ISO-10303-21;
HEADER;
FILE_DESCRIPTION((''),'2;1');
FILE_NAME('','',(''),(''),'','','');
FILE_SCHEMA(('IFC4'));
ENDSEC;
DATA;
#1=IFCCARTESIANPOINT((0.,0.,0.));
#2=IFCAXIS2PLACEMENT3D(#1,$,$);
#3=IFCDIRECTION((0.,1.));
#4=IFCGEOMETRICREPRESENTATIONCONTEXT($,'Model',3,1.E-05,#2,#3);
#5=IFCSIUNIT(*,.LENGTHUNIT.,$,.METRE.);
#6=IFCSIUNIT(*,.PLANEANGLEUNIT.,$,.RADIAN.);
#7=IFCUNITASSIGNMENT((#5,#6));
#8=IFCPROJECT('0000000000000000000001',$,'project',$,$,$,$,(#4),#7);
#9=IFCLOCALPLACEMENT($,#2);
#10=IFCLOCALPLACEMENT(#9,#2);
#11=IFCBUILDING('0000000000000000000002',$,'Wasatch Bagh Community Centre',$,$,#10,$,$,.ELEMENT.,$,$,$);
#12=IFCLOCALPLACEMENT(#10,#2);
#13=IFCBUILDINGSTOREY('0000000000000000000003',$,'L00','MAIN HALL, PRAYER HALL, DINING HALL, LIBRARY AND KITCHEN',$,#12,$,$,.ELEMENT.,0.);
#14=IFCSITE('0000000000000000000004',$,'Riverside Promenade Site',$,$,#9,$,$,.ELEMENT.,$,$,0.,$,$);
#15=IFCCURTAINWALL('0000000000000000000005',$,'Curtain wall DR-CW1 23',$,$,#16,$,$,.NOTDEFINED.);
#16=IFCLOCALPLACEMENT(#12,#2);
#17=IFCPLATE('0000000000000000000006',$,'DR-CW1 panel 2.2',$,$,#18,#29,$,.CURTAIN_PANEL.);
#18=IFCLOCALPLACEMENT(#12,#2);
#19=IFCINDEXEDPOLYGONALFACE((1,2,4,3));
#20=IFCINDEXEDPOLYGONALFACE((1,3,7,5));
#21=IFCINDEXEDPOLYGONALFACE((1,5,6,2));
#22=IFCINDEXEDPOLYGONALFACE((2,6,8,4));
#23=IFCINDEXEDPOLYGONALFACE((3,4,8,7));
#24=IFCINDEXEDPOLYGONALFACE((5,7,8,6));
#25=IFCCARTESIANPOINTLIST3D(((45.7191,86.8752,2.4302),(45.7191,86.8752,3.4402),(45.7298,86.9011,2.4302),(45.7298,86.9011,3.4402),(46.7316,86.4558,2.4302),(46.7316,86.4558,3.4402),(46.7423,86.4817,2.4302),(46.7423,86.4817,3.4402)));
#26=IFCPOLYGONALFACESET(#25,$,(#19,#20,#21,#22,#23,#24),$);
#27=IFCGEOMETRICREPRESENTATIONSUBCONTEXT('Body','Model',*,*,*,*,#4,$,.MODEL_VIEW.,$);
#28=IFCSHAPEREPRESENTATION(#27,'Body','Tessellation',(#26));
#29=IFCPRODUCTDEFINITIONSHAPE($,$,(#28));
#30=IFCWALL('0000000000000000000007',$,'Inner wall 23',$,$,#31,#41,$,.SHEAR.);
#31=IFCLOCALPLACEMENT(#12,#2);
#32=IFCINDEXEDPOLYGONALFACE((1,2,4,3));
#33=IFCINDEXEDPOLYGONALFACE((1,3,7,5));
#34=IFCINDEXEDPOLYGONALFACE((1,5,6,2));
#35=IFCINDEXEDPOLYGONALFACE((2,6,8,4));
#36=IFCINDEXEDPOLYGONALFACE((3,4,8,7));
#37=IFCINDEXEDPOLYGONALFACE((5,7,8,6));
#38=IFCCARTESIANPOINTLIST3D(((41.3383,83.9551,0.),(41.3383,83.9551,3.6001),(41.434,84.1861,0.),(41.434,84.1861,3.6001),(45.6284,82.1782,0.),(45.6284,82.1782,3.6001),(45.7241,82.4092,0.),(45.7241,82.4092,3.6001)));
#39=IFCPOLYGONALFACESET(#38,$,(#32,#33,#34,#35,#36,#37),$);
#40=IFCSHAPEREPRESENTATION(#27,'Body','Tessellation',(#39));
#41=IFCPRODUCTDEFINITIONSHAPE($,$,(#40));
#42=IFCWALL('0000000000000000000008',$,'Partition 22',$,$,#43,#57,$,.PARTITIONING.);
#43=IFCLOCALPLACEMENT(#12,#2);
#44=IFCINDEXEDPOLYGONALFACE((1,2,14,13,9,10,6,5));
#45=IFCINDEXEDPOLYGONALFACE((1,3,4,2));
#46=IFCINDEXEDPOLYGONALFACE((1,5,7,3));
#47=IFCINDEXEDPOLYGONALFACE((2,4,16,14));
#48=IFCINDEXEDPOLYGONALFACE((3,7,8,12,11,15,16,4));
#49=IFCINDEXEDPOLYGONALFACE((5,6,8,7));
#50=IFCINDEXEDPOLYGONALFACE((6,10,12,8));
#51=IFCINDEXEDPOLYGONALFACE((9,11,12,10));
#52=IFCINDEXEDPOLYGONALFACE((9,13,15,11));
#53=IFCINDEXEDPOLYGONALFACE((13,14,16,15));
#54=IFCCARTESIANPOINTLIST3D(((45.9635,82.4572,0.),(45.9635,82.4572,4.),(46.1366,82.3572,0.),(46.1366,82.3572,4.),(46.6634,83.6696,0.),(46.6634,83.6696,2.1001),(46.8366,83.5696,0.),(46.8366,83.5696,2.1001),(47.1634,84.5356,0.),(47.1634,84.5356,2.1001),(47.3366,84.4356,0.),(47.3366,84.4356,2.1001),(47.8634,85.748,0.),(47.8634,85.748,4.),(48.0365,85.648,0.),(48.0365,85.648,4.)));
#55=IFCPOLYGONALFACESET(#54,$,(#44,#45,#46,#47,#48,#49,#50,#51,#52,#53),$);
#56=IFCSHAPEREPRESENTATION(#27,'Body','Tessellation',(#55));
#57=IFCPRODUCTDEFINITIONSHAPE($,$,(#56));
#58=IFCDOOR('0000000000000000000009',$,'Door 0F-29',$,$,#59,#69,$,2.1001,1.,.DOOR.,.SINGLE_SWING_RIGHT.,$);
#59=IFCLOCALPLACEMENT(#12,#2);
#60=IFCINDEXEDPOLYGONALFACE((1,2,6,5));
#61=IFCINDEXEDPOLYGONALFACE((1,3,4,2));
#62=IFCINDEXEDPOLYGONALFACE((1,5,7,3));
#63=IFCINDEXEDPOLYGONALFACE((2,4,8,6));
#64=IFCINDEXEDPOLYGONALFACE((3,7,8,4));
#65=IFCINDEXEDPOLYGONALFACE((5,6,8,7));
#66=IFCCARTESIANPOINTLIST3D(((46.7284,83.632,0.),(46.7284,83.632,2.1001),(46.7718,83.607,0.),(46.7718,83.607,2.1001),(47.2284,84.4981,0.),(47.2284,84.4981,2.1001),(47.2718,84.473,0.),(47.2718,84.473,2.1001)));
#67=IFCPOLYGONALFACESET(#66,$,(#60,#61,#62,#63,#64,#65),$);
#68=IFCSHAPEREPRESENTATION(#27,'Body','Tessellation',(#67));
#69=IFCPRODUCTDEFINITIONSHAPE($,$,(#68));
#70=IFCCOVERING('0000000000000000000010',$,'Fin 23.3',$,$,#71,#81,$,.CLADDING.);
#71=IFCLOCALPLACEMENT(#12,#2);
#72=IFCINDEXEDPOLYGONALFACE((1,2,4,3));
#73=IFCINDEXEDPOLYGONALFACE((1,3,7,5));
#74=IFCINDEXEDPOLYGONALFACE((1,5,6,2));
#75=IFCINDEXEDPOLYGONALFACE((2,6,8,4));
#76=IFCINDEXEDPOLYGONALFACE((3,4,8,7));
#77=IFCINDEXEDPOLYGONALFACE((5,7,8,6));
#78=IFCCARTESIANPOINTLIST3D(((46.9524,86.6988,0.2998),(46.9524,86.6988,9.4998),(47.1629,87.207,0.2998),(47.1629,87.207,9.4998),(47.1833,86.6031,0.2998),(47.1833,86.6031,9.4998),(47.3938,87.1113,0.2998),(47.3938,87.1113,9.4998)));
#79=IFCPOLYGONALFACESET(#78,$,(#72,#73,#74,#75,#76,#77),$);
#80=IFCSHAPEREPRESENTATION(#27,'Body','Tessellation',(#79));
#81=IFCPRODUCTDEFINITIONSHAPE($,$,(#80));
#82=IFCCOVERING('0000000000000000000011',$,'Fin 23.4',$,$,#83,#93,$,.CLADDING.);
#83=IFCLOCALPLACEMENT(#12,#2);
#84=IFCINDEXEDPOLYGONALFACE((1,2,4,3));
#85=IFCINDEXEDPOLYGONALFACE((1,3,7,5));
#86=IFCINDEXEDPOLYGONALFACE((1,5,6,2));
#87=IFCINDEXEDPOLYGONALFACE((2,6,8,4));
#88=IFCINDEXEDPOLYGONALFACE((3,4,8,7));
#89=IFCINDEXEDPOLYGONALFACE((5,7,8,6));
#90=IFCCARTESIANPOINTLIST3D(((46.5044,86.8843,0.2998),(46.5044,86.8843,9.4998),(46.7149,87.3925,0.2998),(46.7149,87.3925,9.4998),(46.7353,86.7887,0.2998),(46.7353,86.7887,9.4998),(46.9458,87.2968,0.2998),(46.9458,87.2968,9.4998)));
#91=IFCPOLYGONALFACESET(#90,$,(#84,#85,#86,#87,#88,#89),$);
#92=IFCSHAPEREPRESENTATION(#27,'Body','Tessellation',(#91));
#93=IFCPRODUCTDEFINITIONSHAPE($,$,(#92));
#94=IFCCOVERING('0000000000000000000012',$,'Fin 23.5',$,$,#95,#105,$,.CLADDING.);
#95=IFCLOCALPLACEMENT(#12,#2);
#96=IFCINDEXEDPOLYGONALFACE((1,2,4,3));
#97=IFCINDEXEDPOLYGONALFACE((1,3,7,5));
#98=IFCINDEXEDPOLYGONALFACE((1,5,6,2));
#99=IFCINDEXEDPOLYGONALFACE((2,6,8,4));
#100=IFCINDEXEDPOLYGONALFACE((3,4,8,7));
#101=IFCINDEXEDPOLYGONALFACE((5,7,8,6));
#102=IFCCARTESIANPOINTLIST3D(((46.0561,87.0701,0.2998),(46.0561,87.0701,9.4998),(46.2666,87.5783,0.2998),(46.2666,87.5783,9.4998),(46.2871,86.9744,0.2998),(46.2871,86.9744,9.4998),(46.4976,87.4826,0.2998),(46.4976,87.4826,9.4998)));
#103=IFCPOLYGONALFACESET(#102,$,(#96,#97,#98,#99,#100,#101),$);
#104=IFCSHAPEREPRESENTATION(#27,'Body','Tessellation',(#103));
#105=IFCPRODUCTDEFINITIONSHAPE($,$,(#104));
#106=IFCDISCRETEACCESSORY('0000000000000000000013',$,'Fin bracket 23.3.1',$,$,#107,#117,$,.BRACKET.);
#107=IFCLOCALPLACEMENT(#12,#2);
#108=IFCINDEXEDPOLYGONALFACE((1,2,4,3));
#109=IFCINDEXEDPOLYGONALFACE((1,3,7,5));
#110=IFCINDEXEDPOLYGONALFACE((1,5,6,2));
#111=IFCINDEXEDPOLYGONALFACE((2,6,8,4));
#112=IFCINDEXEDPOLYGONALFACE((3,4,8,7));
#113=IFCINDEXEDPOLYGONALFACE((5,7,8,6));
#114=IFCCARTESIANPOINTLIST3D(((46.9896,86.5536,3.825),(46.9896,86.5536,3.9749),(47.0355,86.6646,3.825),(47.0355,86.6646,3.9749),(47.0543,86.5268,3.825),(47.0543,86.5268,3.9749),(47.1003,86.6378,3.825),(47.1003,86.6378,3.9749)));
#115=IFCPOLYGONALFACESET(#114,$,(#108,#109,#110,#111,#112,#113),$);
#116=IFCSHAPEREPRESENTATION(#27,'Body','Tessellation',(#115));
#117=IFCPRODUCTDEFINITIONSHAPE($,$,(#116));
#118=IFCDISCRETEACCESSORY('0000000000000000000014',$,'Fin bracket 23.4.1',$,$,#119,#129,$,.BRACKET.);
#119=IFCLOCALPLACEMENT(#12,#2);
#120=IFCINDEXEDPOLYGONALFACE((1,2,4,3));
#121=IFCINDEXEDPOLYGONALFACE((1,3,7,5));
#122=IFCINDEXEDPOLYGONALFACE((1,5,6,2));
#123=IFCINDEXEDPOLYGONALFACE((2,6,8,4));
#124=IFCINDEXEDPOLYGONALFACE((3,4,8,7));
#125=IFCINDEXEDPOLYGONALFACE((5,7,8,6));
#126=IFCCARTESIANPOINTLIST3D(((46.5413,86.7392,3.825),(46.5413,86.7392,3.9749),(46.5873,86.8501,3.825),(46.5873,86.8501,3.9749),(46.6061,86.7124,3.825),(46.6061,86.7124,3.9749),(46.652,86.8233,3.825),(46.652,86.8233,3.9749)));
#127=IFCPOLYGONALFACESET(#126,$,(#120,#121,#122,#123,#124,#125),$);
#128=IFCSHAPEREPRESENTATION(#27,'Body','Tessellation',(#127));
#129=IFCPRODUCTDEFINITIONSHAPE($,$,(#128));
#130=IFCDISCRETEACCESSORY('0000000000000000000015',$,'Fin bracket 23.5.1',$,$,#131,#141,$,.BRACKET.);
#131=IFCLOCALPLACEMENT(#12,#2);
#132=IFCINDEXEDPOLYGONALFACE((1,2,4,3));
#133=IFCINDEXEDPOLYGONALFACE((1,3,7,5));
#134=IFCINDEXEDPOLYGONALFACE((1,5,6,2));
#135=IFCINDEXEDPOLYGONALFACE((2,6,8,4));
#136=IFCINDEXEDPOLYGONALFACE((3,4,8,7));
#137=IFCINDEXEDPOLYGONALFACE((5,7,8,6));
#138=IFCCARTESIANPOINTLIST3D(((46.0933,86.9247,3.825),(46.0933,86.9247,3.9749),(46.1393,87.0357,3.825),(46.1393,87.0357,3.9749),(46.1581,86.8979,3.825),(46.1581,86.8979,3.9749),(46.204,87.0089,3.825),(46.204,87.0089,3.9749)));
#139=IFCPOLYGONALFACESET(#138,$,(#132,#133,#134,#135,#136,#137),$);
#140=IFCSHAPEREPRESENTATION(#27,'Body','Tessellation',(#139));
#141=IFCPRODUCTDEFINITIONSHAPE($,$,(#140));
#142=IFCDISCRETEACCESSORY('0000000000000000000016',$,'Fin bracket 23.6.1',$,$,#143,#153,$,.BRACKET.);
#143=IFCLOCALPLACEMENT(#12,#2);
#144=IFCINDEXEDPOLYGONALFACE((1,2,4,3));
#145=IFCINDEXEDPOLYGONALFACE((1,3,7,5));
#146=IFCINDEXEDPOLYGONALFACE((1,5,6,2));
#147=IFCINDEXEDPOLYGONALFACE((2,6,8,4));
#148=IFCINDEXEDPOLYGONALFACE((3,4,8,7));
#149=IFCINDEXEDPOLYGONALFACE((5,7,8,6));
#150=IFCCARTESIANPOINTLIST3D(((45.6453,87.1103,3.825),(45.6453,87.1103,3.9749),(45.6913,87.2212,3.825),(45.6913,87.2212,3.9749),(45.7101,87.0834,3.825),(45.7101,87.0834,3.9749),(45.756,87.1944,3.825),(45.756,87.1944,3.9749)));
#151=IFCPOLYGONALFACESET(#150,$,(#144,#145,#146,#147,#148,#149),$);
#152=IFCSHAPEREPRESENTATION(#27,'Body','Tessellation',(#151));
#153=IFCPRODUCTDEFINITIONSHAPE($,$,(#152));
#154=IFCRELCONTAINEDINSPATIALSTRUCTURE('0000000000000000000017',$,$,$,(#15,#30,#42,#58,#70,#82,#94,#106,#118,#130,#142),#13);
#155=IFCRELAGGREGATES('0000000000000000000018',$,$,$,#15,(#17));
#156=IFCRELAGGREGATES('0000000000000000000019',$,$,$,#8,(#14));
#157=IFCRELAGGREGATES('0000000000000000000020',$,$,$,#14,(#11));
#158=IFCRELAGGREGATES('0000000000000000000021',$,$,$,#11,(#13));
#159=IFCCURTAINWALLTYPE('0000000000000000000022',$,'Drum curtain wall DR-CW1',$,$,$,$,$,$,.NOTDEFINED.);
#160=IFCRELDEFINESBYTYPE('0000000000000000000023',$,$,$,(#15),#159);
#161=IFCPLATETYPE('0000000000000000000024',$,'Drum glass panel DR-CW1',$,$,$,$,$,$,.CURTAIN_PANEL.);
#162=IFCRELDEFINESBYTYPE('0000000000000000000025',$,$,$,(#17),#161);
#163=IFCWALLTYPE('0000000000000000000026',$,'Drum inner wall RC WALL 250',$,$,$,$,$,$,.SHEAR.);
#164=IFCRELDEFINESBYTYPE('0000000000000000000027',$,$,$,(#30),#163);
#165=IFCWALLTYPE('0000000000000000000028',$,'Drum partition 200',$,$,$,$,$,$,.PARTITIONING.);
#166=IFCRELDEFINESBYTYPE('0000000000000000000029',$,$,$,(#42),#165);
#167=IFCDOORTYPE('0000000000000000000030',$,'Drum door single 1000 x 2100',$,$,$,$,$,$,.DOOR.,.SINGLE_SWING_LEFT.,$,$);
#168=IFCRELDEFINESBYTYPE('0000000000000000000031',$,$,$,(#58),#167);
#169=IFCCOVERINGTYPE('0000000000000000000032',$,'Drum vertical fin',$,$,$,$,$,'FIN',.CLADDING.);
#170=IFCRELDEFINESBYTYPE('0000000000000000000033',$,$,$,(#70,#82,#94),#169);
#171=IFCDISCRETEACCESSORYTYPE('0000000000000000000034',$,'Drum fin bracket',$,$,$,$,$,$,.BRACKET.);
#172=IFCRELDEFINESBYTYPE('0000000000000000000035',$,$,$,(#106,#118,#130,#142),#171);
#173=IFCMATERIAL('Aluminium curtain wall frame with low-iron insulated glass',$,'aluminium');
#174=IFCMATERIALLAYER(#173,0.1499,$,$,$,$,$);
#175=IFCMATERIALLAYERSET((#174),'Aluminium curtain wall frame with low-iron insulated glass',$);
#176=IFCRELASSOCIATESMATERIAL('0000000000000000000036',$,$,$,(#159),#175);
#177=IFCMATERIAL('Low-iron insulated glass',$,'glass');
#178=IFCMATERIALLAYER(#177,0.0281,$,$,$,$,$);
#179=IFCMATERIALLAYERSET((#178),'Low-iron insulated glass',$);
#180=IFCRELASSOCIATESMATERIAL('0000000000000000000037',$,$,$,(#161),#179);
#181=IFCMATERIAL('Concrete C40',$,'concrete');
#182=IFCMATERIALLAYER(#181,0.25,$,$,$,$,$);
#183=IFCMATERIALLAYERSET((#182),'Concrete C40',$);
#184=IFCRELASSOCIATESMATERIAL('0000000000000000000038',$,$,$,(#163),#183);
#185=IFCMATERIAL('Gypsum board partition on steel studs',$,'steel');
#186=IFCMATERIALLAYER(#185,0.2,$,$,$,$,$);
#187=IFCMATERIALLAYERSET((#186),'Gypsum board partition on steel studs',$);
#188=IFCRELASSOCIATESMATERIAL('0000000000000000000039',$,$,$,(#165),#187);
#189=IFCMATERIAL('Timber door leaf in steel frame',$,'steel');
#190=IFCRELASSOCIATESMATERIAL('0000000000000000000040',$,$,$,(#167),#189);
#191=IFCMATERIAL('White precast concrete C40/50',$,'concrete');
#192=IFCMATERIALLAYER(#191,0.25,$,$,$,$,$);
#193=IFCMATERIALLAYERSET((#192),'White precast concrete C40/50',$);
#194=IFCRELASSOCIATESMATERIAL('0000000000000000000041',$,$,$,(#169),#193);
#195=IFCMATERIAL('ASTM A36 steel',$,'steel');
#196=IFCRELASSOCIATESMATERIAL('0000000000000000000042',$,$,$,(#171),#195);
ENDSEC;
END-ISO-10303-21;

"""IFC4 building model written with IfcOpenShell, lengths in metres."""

from ifc_helpers import new_model, si_unit, direction, frame, frame_2d, origin, origin_2d, place, context, subcontext, project, spatial, rectangle, extrude, material, layer, layer_set, type_object, element, fill, aggregate, save


model = new_model("IFC4")

# Units and contexts
model_context = context("Model", 3, precision=1e-05, world=origin(), true_north=direction((0.0, 1.0)))
body_context = subcontext(model_context, "Body", "Model", "MODEL_VIEW")
ifc_project = project(units=[si_unit("LENGTHUNIT", "METRE"), si_unit("PLANEANGLEUNIT", "RADIAN")], contexts=[model_context])

# Site, building, storey
site_placement = place(None, origin())
site = spatial("IfcSite", under=ifc_project, at=site_placement, Name="Riverside Promenade Site", CompositionType="ELEMENT", RefElevation=0.0)
building_placement = place(site_placement, origin())
building = spatial("IfcBuilding", under=site, at=building_placement, Name="Wasatch Bagh Community Centre", CompositionType="ELEMENT")
storey_placement = place(building_placement, origin())
storey = spatial("IfcBuildingStorey", under=building, at=storey_placement, Name="L00", Description="MAIN HALL, PRAYER HALL, DINING HALL, LIBRARY AND KITCHEN", CompositionType="ELEMENT", Elevation=0.0)

# Shared definitions
ifc_material_1 = material(Name="Concrete C40", Category="concrete")

# Curtain wall
ifc_material_2 = material(Name="Aluminium curtain wall frame with low-iron insulated glass", Category="aluminium")
ifc_layer_1 = layer(ifc_material_2, 0.1499)
ifc_layer_set_1 = layer_set([ifc_layer_1], Name="Aluminium curtain wall frame with low-iron insulated glass")
curtain_wall_type = type_object("IfcCurtainWallType", Name="Drum curtain wall DR-CW1", PredefinedType="NOTDEFINED", material=ifc_layer_set_1)
curtain_wall_placement = place(storey_placement, origin())
curtain_wall = element("IfcCurtainWall", 1, at=curtain_wall_placement, inside=storey, type_object=curtain_wall_type, Name="Curtain wall DR-CW1 23", PredefinedType="NOTDEFINED")

# Plate
ifc_material_3 = material(Name="Low-iron insulated glass", Category="glass")
ifc_layer_2 = layer(ifc_material_3, 0.0281)
ifc_layer_set_2 = layer_set([ifc_layer_2], Name="Low-iron insulated glass")
plate_type = type_object("IfcPlateType", Name="Drum glass panel DR-CW1", PredefinedType="CURTAIN_PANEL", material=ifc_layer_set_2)
plate_1_placement = place(storey_placement, frame((46.2307, 86.6785, 2.4302), z_axis=(0.0, 0.0, 1.0), x_axis=(-0.92388, 0.382683, 0.0)))
plate_1 = element("IfcPlate", 2, at=plate_1_placement, type_object=plate_type, Name="DR-CW1 panel 2.2", PredefinedType="CURTAIN_PANEL", context=body_context, shape_type="SweptSolid", body=[
    extrude(rectangle(XDim=1.0959, YDim=0.0281, at=origin_2d()), origin(), (0.0, 0.0, 1.0), 1.01),
])
aggregate(curtain_wall, [plate_1])

# Wall
ifc_layer_3 = layer(ifc_material_1, 0.25)
ifc_layer_set_3 = layer_set([ifc_layer_3], Name="Concrete C40")
wall_type_1 = type_object("IfcWallType", Name="Drum inner wall RC WALL 250", PredefinedType="SHEAR", material=ifc_layer_set_3)
wall_1_placement = place(storey_placement, frame((45.6763, 82.2937, 0.0), z_axis=(0.0, 0.0, 1.0), x_axis=(-0.92389, 0.382658, 0.0)))
element("IfcWall", 3, at=wall_1_placement, inside=storey, type_object=wall_type_1, Name="Inner wall 23", PredefinedType="SHEAR", context=body_context, shape_type="SweptSolid", body=[
    extrude(rectangle(XDim=4.6436, YDim=0.25, at=frame_2d((2.3218, 0.0))), origin(), (0.0, 0.0, 1.0), 3.6001),
])

# Wall, opening, door
ifc_material_4 = material(Name="Gypsum board partition on steel studs", Category="steel")
ifc_layer_4 = layer(ifc_material_4, 0.2)
ifc_layer_set_4 = layer_set([ifc_layer_4], Name="Gypsum board partition on steel studs")
wall_type_2 = type_object("IfcWallType", Name="Drum partition 200", PredefinedType="PARTITIONING", material=ifc_layer_set_4)
wall_2_placement = place(storey_placement, frame((46.05, 82.4072, 0.0), z_axis=(0.0, 0.0, 1.0), x_axis=(0.499995, 0.866028, 0.0)))
wall_2 = element("IfcWall", 4, at=wall_2_placement, inside=storey, type_object=wall_type_2, Name="Partition 22", PredefinedType="PARTITIONING", context=body_context, shape_type="SweptSolid", body=[
    extrude(rectangle(XDim=3.7998, YDim=0.2, at=frame_2d((1.8999, 0.0))), origin(), (0.0, 0.0, 1.0), 4.0),
])
opening_placement = place(wall_2_placement, frame((1.3999, 0.0, 0.0)))
opening = element("IfcOpeningElement", 5, at=opening_placement, cuts=wall_2, PredefinedType="OPENING", context=body_context, shape_type="SweptSolid", body=[
    extrude(rectangle(XDim=1.0, YDim=2.1001, at=frame_2d((0.5, 1.05))), frame((0.0, 0.1099, 0.0), z_axis=(0.0, -1.0, 0.0), x_axis=(1.0, 0.0, 0.0)), (0.0, 0.0, 1.0), 0.22),
])
ifc_material_5 = material(Name="Timber door leaf in steel frame", Category="steel")
door_type = type_object("IfcDoorType", Name="Drum door single 1000 x 2100", OperationType="SINGLE_SWING_LEFT", PredefinedType="DOOR", material=ifc_material_5)
door_placement = place(opening_placement, origin())
door = element("IfcDoor", 6, at=door_placement, inside=storey, type_object=door_type, Name="Door 0F-29", OperationType="SINGLE_SWING_RIGHT", OverallHeight=2.1001, OverallWidth=1.0, PredefinedType="DOOR", context=body_context, shape_type="SweptSolid", body=[
    extrude(rectangle(XDim=1.0, YDim=2.1001, at=frame_2d((0.5, 1.05))), frame((0.0, 0.0249, 0.0), z_axis=(0.0, -1.0, 0.0), x_axis=(1.0, 0.0, 0.0)), (0.0, 0.0, 1.0), 0.05),
])
fill(opening, door)

# Coverings
ifc_material_6 = material(Name="White precast concrete C40/50", Category="concrete")
ifc_layer_5 = layer(ifc_material_6, 0.25)
ifc_layer_set_5 = layer_set([ifc_layer_5], Name="White precast concrete C40/50")
covering_type = type_object("IfcCoveringType", Name="Drum vertical fin", ElementType="FIN", PredefinedType="CLADDING", material=ifc_layer_set_5)
for number, where, z_axis, x_axis, name in (
    (7, (47.1731, 86.905, 0.2998), (0.0, 0.0, 1.0), (-0.92388, 0.382683, 0.0), "Fin 23.3"),
    (8, (46.7251, 87.0906, 0.2998), (0.0, 0.0, 1.0), (-0.92388, 0.382683, 0.0), "Fin 23.4"),
    (9, (46.2769, 87.2764, 0.2998), (0.0, 0.0, 1.0), (-0.92388, 0.382683, 0.0), "Fin 23.5"),
):
    element("IfcCovering", number, at=place(storey_placement, frame(where, z_axis=z_axis, x_axis=x_axis)), inside=storey, type_object=covering_type, Name=name, PredefinedType="CLADDING", context=body_context, shape_type="SweptSolid", body=[
        extrude(rectangle(XDim=0.25, YDim=0.55, at=origin_2d()), origin(), (0.0, 0.0, 1.0), 9.2),
    ])

# Discrete accessories
ifc_material_7 = material(Name="ASTM A36 steel", Category="steel")
discrete_accessory_type = type_object("IfcDiscreteAccessoryType", Name="Drum fin bracket", PredefinedType="BRACKET", material=ifc_material_7)
for number, where, z_axis, x_axis, name in (
    (10, (47.0449, 86.5957, 3.825), (0.0, 0.0, 1.0), (-0.92388, 0.382683, 0.0), "Fin bracket 23.3.1"),
    (11, (46.5967, 86.7812, 3.825), (0.0, 0.0, 1.0), (-0.92388, 0.382683, 0.0), "Fin bracket 23.4.1"),
    (12, (46.1487, 86.9668, 3.825), (0.0, 0.0, 1.0), (-0.92388, 0.382683, 0.0), "Fin bracket 23.5.1"),
    (13, (45.7007, 87.1523, 3.825), (0.0, 0.0, 1.0), (-0.92388, 0.382683, 0.0), "Fin bracket 23.6.1"),
):
    element("IfcDiscreteAccessory", number, at=place(storey_placement, frame(where, z_axis=z_axis, x_axis=x_axis)), inside=storey, type_object=discrete_accessory_type, Name=name, PredefinedType="BRACKET", context=body_context, shape_type="SweptSolid", body=[
        extrude(rectangle(XDim=0.0701, YDim=0.1201, at=origin_2d()), origin(), (0.0, 0.0, 1.0), 0.1499),
    ])

save(model, "model.ifc")
